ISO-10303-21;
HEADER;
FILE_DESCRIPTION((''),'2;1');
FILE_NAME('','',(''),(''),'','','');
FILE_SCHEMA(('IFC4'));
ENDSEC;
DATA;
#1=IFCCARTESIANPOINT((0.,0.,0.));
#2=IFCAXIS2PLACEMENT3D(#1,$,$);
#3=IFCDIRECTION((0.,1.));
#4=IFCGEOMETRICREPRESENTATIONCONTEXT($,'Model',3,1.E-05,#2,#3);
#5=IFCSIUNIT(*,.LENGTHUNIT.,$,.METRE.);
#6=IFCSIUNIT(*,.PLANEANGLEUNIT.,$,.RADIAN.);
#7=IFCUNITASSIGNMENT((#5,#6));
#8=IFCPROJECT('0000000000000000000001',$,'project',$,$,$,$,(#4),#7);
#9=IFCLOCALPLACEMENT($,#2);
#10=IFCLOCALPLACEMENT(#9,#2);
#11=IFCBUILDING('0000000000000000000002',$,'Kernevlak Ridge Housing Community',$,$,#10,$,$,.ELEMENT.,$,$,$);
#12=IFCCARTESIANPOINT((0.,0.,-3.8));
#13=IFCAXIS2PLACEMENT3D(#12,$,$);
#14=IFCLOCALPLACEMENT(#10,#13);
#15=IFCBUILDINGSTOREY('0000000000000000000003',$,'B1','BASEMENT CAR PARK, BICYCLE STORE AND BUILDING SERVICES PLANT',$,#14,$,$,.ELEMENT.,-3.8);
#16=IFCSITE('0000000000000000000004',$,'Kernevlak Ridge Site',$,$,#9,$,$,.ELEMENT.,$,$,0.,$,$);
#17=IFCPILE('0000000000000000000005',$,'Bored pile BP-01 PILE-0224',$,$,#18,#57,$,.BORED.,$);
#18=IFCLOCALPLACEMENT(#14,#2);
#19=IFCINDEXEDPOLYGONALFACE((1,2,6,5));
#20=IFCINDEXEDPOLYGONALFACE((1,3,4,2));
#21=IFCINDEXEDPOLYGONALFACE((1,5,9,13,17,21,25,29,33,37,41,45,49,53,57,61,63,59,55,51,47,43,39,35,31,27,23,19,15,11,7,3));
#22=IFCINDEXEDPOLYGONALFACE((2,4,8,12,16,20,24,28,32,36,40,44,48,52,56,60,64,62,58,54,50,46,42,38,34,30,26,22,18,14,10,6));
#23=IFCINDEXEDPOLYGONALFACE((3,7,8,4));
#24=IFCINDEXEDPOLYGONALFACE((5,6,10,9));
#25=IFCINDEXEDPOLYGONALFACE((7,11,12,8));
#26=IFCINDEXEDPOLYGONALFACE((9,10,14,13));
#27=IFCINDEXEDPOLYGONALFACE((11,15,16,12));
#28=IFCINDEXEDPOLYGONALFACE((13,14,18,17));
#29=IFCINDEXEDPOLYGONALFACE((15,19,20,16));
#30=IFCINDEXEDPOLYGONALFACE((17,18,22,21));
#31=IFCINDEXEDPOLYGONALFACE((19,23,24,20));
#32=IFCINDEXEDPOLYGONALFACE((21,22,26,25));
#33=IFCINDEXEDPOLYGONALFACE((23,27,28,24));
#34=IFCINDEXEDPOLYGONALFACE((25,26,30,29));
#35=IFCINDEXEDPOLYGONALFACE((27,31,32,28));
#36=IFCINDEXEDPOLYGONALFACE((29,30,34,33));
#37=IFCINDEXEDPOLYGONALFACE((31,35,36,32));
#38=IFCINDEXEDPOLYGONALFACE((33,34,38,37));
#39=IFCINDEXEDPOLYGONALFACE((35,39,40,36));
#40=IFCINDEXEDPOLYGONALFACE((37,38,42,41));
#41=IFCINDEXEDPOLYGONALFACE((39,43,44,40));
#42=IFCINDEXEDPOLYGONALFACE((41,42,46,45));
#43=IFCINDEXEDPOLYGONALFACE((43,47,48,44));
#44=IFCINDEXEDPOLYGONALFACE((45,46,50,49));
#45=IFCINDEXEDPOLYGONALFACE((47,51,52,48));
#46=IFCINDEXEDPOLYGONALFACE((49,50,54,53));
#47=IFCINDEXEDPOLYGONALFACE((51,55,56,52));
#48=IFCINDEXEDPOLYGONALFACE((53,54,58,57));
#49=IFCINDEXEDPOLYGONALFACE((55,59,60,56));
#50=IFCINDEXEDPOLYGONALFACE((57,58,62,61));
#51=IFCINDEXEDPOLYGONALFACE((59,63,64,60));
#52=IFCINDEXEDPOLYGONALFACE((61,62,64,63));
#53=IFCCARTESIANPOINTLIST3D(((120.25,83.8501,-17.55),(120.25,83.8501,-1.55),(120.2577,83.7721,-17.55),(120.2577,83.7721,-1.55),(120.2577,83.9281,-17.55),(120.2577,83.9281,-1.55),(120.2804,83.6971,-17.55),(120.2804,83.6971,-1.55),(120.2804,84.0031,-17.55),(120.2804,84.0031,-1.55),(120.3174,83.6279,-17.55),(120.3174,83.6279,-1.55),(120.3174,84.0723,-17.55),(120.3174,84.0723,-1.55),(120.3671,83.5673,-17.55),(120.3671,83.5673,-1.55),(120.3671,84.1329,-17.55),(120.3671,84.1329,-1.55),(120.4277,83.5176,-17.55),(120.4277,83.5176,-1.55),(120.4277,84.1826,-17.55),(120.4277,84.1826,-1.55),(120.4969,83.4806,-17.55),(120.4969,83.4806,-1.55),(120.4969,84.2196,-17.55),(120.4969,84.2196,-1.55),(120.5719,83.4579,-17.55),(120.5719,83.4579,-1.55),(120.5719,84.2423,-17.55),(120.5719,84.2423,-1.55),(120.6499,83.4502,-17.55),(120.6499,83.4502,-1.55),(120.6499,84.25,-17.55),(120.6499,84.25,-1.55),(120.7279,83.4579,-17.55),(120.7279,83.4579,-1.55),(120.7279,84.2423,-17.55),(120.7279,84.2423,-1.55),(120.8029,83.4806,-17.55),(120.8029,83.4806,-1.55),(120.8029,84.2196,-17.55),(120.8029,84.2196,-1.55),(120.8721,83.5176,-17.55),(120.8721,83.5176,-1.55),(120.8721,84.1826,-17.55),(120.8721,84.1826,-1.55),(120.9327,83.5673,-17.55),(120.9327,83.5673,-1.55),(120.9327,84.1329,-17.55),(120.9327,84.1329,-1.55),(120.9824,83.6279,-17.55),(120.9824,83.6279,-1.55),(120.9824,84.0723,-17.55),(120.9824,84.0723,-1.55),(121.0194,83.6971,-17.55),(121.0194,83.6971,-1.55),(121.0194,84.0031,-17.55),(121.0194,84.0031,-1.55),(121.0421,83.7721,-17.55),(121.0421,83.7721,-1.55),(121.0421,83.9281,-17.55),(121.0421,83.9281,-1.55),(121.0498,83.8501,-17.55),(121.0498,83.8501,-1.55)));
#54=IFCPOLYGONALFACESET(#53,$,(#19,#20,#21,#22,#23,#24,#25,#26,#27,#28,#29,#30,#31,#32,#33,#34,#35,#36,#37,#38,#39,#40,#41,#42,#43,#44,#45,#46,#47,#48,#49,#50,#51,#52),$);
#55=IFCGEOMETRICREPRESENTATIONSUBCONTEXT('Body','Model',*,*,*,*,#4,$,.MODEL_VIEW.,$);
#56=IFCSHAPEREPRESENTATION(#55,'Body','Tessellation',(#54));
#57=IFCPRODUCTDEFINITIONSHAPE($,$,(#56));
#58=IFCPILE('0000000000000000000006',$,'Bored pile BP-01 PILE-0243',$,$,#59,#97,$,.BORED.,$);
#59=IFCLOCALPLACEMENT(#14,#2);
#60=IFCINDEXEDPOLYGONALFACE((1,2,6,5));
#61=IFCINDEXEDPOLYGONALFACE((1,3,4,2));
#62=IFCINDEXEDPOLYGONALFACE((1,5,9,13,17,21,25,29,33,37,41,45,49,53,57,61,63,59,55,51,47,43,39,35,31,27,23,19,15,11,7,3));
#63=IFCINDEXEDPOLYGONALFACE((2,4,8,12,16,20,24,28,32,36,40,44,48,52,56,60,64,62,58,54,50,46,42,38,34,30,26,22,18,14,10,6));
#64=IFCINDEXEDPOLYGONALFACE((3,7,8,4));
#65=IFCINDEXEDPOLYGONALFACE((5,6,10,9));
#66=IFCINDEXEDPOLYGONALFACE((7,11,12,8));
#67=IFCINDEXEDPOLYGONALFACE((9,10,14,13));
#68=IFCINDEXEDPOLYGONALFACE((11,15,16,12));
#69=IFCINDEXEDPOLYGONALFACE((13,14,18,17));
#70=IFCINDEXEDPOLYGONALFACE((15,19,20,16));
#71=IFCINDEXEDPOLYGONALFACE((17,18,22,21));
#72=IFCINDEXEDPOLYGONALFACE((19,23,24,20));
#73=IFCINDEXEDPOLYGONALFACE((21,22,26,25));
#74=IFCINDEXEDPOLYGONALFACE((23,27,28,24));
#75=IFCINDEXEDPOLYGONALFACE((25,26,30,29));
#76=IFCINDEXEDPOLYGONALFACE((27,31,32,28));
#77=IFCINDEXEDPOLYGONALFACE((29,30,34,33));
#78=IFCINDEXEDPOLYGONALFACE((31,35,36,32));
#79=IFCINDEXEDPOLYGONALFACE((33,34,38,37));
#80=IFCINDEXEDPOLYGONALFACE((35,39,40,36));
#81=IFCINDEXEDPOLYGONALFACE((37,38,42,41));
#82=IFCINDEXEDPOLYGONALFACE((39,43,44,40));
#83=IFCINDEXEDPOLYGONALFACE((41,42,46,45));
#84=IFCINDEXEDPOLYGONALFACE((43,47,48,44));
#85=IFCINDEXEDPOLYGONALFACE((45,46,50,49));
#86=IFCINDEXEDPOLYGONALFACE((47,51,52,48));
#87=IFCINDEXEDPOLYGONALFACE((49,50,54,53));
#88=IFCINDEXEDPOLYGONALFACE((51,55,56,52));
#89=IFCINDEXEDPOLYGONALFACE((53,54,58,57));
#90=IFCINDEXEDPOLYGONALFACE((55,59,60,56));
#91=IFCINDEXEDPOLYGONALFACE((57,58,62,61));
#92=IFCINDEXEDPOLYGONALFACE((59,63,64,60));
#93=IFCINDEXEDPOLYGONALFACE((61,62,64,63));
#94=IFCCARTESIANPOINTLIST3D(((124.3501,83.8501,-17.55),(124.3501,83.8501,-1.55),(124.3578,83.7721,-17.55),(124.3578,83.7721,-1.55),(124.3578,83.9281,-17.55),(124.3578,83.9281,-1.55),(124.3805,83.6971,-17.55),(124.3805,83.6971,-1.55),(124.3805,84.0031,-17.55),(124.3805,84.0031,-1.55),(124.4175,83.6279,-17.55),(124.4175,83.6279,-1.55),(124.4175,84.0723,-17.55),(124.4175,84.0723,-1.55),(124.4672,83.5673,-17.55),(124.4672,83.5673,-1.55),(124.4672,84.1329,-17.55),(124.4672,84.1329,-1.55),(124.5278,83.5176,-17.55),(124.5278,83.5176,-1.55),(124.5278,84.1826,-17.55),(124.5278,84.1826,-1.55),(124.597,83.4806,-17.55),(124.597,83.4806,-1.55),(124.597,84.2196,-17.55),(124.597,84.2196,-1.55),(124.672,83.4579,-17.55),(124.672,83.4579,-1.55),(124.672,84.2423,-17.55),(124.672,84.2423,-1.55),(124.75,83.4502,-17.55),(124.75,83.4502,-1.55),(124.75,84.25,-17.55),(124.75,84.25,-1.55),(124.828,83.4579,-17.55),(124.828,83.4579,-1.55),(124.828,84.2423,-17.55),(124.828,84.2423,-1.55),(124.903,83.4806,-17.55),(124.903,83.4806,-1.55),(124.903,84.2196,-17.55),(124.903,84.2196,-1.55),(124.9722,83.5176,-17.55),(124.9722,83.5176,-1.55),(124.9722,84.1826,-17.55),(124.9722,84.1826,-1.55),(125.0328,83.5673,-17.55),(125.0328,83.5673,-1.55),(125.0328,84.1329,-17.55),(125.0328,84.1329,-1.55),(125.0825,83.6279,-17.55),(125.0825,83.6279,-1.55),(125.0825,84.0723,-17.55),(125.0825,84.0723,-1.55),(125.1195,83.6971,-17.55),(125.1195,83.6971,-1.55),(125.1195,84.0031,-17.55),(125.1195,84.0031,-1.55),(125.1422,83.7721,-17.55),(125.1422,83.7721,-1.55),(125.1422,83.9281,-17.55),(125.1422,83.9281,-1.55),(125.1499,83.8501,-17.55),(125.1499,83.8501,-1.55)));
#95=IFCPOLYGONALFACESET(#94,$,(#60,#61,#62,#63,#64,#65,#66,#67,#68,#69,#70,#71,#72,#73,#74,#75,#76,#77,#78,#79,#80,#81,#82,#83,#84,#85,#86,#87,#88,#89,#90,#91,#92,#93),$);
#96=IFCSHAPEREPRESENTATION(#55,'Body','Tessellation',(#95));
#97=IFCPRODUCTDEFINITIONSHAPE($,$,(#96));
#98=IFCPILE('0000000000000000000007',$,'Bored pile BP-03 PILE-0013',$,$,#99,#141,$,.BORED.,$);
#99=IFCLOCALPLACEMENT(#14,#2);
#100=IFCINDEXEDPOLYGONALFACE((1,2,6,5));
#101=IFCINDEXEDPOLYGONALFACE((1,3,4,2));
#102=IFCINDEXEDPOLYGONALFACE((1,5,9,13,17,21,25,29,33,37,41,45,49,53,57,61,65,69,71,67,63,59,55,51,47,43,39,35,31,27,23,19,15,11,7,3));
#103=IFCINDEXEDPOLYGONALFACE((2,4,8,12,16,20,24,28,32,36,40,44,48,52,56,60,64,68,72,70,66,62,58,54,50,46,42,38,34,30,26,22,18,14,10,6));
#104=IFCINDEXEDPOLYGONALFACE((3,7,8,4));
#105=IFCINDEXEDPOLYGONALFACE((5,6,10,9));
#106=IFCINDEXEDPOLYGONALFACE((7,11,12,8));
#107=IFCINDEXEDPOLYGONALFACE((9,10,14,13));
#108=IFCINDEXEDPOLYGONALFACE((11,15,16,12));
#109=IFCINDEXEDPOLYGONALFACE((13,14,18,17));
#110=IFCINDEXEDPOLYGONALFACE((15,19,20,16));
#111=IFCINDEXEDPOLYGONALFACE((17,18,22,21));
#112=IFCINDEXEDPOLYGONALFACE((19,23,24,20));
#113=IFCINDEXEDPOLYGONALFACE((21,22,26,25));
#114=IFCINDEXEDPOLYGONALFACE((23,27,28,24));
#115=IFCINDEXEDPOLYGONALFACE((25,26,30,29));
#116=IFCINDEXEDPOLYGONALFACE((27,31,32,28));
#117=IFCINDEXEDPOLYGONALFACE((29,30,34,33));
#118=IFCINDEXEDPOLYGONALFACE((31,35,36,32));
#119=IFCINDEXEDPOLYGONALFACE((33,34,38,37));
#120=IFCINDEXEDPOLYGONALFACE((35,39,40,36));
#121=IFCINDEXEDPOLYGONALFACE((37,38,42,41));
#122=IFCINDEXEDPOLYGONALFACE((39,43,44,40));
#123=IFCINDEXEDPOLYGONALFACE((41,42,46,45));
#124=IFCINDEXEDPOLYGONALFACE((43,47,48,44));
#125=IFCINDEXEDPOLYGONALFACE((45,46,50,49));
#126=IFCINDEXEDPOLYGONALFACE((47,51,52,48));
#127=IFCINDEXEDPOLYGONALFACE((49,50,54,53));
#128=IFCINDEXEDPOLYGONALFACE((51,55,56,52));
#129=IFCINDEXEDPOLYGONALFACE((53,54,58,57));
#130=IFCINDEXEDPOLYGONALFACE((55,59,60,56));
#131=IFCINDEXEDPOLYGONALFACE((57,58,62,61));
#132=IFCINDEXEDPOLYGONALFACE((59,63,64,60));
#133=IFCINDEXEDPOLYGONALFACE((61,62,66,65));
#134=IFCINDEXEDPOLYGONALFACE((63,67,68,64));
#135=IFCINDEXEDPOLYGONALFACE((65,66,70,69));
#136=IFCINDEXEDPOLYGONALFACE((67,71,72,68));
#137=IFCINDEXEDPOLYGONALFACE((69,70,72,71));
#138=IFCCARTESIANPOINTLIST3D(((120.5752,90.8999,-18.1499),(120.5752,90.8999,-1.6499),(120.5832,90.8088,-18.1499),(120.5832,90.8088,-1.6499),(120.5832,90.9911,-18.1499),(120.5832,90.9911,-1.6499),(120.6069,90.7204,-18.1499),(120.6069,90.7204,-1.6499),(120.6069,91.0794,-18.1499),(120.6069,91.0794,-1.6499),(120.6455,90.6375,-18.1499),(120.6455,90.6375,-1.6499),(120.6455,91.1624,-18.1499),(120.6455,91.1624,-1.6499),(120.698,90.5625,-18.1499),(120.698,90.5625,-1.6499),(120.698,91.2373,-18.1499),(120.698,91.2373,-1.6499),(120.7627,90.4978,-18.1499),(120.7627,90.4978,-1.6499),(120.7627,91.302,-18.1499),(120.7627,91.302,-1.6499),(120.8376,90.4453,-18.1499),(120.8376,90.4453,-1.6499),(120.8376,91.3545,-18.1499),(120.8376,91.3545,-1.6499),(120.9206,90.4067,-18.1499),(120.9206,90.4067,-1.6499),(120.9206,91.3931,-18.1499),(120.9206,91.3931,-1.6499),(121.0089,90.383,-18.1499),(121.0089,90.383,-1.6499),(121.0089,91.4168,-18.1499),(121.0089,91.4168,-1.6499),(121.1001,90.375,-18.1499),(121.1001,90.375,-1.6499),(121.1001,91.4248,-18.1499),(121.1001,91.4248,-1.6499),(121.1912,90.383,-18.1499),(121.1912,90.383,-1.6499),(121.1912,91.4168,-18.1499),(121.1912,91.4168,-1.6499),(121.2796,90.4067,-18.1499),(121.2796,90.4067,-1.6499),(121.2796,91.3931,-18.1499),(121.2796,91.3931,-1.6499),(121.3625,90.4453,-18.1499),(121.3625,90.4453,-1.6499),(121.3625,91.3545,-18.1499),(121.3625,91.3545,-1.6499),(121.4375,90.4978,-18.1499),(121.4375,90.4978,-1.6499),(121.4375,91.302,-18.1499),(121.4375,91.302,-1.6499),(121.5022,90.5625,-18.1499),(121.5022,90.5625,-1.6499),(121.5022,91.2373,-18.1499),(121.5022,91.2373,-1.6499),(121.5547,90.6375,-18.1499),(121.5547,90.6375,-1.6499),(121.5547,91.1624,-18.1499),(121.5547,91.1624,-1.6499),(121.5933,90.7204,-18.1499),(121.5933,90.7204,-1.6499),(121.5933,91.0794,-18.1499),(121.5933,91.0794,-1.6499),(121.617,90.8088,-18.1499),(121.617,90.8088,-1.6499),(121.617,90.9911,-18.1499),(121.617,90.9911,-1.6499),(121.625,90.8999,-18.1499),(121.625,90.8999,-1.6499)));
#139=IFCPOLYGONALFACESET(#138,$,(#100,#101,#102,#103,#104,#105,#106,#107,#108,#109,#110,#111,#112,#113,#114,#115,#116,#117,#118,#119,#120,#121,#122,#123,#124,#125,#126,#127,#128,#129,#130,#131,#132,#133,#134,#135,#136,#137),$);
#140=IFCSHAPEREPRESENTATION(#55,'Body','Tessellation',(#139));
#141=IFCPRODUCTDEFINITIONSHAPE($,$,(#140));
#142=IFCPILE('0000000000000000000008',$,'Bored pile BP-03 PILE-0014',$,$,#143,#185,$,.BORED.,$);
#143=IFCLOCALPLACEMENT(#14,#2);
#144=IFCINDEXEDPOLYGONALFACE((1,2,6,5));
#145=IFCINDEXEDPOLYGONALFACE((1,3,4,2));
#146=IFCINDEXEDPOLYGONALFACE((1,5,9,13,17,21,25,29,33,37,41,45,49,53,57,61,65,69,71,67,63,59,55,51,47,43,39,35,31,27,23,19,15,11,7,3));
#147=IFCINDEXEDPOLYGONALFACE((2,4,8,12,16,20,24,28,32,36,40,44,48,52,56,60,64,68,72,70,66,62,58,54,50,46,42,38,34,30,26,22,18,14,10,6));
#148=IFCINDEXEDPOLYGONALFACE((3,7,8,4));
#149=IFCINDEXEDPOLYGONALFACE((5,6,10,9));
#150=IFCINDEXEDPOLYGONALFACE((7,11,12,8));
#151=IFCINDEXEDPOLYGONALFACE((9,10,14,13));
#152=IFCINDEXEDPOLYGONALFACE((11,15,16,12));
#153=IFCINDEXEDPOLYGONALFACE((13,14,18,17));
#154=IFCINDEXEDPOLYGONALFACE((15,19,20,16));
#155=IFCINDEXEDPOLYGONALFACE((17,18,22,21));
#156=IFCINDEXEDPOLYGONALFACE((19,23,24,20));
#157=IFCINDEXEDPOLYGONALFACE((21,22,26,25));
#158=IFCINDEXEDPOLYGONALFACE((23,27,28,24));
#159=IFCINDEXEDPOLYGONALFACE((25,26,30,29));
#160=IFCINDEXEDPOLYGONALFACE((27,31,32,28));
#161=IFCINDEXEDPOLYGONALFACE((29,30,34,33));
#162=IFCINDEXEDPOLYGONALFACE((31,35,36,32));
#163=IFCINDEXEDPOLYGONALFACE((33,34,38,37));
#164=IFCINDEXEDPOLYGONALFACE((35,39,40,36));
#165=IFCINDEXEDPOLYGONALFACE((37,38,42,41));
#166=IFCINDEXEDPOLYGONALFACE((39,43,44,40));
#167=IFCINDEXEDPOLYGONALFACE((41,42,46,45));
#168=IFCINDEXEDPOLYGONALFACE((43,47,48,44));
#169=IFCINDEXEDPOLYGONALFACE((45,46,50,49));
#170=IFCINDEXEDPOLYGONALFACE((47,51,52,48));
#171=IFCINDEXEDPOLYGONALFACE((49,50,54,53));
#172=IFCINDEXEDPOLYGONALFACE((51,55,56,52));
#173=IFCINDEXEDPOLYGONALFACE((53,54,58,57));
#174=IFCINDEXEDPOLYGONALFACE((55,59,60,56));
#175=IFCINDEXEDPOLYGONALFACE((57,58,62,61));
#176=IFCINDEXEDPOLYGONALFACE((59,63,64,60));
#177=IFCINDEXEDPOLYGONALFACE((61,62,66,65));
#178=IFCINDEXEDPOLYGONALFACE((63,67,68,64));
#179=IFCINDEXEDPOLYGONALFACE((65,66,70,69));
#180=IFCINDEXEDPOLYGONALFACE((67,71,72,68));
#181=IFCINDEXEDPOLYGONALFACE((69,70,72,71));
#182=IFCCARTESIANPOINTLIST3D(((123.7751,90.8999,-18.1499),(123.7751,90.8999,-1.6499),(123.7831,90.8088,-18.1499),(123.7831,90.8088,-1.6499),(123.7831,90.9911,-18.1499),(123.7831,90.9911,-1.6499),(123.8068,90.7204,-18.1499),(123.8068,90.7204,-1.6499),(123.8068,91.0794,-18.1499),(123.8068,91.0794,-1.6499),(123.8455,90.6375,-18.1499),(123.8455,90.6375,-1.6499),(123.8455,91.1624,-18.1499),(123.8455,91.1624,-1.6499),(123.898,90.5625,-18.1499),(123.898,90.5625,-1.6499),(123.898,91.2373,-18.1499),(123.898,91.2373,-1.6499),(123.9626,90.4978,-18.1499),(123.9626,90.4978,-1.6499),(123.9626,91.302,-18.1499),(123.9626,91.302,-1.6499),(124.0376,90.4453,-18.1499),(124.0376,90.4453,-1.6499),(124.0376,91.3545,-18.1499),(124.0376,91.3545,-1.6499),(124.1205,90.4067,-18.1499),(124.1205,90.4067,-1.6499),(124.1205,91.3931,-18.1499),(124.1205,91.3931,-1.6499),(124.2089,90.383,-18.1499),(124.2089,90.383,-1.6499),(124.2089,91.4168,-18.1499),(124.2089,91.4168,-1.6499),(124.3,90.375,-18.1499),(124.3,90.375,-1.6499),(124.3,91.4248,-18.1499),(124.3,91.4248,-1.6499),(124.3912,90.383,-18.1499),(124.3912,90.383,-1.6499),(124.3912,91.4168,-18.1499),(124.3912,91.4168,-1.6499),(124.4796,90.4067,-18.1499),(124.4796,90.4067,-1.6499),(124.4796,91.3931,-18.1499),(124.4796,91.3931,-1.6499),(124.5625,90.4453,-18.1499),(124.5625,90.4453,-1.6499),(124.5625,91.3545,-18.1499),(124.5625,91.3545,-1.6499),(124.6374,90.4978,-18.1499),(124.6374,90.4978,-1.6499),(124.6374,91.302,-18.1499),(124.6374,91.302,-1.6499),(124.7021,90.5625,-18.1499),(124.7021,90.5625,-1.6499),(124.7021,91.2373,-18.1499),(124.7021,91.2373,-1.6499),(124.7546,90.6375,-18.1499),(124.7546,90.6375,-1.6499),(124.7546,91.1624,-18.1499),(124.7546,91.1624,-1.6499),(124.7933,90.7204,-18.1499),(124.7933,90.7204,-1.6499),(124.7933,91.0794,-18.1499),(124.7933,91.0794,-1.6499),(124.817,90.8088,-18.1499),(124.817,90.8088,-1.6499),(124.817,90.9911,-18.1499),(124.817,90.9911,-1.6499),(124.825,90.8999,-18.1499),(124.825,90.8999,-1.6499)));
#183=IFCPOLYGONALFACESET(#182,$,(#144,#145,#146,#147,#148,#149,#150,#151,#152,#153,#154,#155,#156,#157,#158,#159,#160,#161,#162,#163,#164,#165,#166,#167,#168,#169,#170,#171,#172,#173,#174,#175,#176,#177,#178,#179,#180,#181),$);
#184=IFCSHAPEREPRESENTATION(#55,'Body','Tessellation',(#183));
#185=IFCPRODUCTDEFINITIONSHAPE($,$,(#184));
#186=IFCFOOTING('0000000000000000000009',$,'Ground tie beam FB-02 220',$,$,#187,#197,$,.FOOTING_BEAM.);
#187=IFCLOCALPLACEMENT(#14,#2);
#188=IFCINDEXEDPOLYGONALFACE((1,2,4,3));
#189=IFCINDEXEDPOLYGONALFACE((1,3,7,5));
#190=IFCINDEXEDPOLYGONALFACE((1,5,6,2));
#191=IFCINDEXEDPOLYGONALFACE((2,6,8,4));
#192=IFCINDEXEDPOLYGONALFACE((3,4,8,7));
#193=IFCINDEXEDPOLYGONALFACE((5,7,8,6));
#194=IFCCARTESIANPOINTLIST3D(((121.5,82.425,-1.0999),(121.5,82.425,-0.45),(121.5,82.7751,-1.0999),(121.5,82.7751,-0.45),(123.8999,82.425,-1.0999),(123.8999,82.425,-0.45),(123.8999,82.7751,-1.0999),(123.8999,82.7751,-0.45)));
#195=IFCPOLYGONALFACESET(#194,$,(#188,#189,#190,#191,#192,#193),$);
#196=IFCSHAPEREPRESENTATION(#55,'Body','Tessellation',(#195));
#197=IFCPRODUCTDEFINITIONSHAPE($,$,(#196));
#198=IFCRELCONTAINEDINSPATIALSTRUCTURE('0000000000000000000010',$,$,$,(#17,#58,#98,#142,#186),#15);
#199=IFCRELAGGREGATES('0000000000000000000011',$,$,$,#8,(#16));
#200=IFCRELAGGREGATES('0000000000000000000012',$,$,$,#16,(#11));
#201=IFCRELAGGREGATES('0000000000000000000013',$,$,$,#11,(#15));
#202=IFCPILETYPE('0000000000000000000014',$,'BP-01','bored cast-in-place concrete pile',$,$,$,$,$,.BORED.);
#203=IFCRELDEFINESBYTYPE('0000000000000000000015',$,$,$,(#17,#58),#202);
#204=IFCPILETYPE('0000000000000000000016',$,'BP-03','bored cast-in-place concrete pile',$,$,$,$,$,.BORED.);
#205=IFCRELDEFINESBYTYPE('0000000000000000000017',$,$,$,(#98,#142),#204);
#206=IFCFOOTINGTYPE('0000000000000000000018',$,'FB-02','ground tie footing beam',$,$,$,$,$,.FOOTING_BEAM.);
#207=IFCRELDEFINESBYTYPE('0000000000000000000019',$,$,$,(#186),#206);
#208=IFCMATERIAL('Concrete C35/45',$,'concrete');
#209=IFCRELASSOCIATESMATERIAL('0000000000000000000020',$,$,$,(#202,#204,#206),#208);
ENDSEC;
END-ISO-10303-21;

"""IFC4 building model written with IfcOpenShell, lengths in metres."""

from ifc_helpers import new_model, si_unit, direction, frame, origin, origin_2d, place, context, subcontext, project, spatial, rectangle, circle, extrude, material, material_profile, profile_set, type_object, element, save


model = new_model("IFC4")

# Units and contexts
model_context = context("Model", 3, precision=1e-05, world=origin(), true_north=direction((0.0, 1.0)))
body_context = subcontext(model_context, "Body", "Model", "MODEL_VIEW")
ifc_project = project(units=[si_unit("LENGTHUNIT", "METRE"), si_unit("PLANEANGLEUNIT", "RADIAN")], contexts=[model_context])

# Site, building, storey
site_placement = place(None, origin())
site = spatial("IfcSite", under=ifc_project, at=site_placement, Name="Kernevlak Ridge Site", CompositionType="ELEMENT", RefElevation=0.0)
building_placement = place(site_placement, origin())
building = spatial("IfcBuilding", under=site, at=building_placement, Name="Kernevlak Ridge Housing Community", CompositionType="ELEMENT")
storey_placement = place(building_placement, frame((0.0, 0.0, -3.8)))
storey = spatial("IfcBuildingStorey", under=building, at=storey_placement, Name="B1", Description="BASEMENT CAR PARK, BICYCLE STORE AND BUILDING SERVICES PLANT", CompositionType="ELEMENT", Elevation=-3.8)

# Piles
ifc_material_1 = material(Name="Concrete C35/45", Category="concrete")
ifc_material_profile_1 = material_profile(ifc_material_1, circle(Radius=0.3999, at=origin_2d()), Name="BORED PILE 800")
ifc_profile_set_1 = profile_set([ifc_material_profile_1], Name="Concrete C35/45")
pile_type_1 = type_object("IfcPileType", Name="BP-01", Description="bored cast-in-place concrete pile", PredefinedType="BORED", material=ifc_profile_set_1)
for number, where, z_axis, x_axis, name in (
    (1, (120.6499, 83.8501, -1.55), (0.0, 0.0, -1.0), (1.0, 0.0, 0.0), "Bored pile BP-01 PILE-0224"),
    (2, (124.75, 83.8501, -1.55), (0.0, 0.0, -1.0), (1.0, 0.0, 0.0), "Bored pile BP-01 PILE-0243"),
):
    element("IfcPile", number, at=place(storey_placement, frame(where, z_axis=z_axis, x_axis=x_axis)), inside=storey, type_object=pile_type_1, Name=name, PredefinedType="BORED", context=body_context, shape_type="SweptSolid", body=[
        extrude(circle(Radius=0.3999, at=origin_2d()), origin(), (0.0, 0.0, 1.0), 16.0),
    ])
ifc_material_profile_2 = material_profile(ifc_material_1, circle(Radius=0.5249, at=origin_2d()), Name="BORED PILE 1050")
ifc_profile_set_2 = profile_set([ifc_material_profile_2], Name="Concrete C35/45")
pile_type_2 = type_object("IfcPileType", Name="BP-03", Description="bored cast-in-place concrete pile", PredefinedType="BORED", material=ifc_profile_set_2)
for number, where, z_axis, x_axis, name in (
    (3, (121.1001, 90.8999, -1.6499), (0.0, 0.0, -1.0), (1.0, 0.0, 0.0), "Bored pile BP-03 PILE-0013"),
    (4, (124.3, 90.8999, -1.6499), (0.0, 0.0, -1.0), (1.0, 0.0, 0.0), "Bored pile BP-03 PILE-0014"),
):
    element("IfcPile", number, at=place(storey_placement, frame(where, z_axis=z_axis, x_axis=x_axis)), inside=storey, type_object=pile_type_2, Name=name, PredefinedType="BORED", context=body_context, shape_type="SweptSolid", body=[
        extrude(circle(Radius=0.5249, at=origin_2d()), origin(), (0.0, 0.0, 1.0), 16.5),
    ])

# Footing
ifc_material_profile_3 = material_profile(ifc_material_1, rectangle(XDim=0.3501, YDim=0.6499, at=origin_2d()), Name="RC 350x650")
ifc_profile_set_3 = profile_set([ifc_material_profile_3], Name="Concrete C35/45")
footing_type_1 = type_object("IfcFootingType", Name="FB-02", Description="ground tie footing beam", PredefinedType="FOOTING_BEAM", material=ifc_profile_set_3)
footing_1_placement = place(storey_placement, frame((121.5, 82.6001, -0.7749), z_axis=(1.0, 0.0, 0.0), x_axis=(0.0, 1.0, 0.0)))
element("IfcFooting", 5, at=footing_1_placement, inside=storey, type_object=footing_type_1, Name="Ground tie beam FB-02 220", PredefinedType="FOOTING_BEAM", context=body_context, shape_type="SweptSolid", body=[
    extrude(rectangle(XDim=0.3501, YDim=0.6499, at=origin_2d()), origin(), (0.0, 0.0, 1.0), 2.3999),
])

save(model, "model.ifc")
